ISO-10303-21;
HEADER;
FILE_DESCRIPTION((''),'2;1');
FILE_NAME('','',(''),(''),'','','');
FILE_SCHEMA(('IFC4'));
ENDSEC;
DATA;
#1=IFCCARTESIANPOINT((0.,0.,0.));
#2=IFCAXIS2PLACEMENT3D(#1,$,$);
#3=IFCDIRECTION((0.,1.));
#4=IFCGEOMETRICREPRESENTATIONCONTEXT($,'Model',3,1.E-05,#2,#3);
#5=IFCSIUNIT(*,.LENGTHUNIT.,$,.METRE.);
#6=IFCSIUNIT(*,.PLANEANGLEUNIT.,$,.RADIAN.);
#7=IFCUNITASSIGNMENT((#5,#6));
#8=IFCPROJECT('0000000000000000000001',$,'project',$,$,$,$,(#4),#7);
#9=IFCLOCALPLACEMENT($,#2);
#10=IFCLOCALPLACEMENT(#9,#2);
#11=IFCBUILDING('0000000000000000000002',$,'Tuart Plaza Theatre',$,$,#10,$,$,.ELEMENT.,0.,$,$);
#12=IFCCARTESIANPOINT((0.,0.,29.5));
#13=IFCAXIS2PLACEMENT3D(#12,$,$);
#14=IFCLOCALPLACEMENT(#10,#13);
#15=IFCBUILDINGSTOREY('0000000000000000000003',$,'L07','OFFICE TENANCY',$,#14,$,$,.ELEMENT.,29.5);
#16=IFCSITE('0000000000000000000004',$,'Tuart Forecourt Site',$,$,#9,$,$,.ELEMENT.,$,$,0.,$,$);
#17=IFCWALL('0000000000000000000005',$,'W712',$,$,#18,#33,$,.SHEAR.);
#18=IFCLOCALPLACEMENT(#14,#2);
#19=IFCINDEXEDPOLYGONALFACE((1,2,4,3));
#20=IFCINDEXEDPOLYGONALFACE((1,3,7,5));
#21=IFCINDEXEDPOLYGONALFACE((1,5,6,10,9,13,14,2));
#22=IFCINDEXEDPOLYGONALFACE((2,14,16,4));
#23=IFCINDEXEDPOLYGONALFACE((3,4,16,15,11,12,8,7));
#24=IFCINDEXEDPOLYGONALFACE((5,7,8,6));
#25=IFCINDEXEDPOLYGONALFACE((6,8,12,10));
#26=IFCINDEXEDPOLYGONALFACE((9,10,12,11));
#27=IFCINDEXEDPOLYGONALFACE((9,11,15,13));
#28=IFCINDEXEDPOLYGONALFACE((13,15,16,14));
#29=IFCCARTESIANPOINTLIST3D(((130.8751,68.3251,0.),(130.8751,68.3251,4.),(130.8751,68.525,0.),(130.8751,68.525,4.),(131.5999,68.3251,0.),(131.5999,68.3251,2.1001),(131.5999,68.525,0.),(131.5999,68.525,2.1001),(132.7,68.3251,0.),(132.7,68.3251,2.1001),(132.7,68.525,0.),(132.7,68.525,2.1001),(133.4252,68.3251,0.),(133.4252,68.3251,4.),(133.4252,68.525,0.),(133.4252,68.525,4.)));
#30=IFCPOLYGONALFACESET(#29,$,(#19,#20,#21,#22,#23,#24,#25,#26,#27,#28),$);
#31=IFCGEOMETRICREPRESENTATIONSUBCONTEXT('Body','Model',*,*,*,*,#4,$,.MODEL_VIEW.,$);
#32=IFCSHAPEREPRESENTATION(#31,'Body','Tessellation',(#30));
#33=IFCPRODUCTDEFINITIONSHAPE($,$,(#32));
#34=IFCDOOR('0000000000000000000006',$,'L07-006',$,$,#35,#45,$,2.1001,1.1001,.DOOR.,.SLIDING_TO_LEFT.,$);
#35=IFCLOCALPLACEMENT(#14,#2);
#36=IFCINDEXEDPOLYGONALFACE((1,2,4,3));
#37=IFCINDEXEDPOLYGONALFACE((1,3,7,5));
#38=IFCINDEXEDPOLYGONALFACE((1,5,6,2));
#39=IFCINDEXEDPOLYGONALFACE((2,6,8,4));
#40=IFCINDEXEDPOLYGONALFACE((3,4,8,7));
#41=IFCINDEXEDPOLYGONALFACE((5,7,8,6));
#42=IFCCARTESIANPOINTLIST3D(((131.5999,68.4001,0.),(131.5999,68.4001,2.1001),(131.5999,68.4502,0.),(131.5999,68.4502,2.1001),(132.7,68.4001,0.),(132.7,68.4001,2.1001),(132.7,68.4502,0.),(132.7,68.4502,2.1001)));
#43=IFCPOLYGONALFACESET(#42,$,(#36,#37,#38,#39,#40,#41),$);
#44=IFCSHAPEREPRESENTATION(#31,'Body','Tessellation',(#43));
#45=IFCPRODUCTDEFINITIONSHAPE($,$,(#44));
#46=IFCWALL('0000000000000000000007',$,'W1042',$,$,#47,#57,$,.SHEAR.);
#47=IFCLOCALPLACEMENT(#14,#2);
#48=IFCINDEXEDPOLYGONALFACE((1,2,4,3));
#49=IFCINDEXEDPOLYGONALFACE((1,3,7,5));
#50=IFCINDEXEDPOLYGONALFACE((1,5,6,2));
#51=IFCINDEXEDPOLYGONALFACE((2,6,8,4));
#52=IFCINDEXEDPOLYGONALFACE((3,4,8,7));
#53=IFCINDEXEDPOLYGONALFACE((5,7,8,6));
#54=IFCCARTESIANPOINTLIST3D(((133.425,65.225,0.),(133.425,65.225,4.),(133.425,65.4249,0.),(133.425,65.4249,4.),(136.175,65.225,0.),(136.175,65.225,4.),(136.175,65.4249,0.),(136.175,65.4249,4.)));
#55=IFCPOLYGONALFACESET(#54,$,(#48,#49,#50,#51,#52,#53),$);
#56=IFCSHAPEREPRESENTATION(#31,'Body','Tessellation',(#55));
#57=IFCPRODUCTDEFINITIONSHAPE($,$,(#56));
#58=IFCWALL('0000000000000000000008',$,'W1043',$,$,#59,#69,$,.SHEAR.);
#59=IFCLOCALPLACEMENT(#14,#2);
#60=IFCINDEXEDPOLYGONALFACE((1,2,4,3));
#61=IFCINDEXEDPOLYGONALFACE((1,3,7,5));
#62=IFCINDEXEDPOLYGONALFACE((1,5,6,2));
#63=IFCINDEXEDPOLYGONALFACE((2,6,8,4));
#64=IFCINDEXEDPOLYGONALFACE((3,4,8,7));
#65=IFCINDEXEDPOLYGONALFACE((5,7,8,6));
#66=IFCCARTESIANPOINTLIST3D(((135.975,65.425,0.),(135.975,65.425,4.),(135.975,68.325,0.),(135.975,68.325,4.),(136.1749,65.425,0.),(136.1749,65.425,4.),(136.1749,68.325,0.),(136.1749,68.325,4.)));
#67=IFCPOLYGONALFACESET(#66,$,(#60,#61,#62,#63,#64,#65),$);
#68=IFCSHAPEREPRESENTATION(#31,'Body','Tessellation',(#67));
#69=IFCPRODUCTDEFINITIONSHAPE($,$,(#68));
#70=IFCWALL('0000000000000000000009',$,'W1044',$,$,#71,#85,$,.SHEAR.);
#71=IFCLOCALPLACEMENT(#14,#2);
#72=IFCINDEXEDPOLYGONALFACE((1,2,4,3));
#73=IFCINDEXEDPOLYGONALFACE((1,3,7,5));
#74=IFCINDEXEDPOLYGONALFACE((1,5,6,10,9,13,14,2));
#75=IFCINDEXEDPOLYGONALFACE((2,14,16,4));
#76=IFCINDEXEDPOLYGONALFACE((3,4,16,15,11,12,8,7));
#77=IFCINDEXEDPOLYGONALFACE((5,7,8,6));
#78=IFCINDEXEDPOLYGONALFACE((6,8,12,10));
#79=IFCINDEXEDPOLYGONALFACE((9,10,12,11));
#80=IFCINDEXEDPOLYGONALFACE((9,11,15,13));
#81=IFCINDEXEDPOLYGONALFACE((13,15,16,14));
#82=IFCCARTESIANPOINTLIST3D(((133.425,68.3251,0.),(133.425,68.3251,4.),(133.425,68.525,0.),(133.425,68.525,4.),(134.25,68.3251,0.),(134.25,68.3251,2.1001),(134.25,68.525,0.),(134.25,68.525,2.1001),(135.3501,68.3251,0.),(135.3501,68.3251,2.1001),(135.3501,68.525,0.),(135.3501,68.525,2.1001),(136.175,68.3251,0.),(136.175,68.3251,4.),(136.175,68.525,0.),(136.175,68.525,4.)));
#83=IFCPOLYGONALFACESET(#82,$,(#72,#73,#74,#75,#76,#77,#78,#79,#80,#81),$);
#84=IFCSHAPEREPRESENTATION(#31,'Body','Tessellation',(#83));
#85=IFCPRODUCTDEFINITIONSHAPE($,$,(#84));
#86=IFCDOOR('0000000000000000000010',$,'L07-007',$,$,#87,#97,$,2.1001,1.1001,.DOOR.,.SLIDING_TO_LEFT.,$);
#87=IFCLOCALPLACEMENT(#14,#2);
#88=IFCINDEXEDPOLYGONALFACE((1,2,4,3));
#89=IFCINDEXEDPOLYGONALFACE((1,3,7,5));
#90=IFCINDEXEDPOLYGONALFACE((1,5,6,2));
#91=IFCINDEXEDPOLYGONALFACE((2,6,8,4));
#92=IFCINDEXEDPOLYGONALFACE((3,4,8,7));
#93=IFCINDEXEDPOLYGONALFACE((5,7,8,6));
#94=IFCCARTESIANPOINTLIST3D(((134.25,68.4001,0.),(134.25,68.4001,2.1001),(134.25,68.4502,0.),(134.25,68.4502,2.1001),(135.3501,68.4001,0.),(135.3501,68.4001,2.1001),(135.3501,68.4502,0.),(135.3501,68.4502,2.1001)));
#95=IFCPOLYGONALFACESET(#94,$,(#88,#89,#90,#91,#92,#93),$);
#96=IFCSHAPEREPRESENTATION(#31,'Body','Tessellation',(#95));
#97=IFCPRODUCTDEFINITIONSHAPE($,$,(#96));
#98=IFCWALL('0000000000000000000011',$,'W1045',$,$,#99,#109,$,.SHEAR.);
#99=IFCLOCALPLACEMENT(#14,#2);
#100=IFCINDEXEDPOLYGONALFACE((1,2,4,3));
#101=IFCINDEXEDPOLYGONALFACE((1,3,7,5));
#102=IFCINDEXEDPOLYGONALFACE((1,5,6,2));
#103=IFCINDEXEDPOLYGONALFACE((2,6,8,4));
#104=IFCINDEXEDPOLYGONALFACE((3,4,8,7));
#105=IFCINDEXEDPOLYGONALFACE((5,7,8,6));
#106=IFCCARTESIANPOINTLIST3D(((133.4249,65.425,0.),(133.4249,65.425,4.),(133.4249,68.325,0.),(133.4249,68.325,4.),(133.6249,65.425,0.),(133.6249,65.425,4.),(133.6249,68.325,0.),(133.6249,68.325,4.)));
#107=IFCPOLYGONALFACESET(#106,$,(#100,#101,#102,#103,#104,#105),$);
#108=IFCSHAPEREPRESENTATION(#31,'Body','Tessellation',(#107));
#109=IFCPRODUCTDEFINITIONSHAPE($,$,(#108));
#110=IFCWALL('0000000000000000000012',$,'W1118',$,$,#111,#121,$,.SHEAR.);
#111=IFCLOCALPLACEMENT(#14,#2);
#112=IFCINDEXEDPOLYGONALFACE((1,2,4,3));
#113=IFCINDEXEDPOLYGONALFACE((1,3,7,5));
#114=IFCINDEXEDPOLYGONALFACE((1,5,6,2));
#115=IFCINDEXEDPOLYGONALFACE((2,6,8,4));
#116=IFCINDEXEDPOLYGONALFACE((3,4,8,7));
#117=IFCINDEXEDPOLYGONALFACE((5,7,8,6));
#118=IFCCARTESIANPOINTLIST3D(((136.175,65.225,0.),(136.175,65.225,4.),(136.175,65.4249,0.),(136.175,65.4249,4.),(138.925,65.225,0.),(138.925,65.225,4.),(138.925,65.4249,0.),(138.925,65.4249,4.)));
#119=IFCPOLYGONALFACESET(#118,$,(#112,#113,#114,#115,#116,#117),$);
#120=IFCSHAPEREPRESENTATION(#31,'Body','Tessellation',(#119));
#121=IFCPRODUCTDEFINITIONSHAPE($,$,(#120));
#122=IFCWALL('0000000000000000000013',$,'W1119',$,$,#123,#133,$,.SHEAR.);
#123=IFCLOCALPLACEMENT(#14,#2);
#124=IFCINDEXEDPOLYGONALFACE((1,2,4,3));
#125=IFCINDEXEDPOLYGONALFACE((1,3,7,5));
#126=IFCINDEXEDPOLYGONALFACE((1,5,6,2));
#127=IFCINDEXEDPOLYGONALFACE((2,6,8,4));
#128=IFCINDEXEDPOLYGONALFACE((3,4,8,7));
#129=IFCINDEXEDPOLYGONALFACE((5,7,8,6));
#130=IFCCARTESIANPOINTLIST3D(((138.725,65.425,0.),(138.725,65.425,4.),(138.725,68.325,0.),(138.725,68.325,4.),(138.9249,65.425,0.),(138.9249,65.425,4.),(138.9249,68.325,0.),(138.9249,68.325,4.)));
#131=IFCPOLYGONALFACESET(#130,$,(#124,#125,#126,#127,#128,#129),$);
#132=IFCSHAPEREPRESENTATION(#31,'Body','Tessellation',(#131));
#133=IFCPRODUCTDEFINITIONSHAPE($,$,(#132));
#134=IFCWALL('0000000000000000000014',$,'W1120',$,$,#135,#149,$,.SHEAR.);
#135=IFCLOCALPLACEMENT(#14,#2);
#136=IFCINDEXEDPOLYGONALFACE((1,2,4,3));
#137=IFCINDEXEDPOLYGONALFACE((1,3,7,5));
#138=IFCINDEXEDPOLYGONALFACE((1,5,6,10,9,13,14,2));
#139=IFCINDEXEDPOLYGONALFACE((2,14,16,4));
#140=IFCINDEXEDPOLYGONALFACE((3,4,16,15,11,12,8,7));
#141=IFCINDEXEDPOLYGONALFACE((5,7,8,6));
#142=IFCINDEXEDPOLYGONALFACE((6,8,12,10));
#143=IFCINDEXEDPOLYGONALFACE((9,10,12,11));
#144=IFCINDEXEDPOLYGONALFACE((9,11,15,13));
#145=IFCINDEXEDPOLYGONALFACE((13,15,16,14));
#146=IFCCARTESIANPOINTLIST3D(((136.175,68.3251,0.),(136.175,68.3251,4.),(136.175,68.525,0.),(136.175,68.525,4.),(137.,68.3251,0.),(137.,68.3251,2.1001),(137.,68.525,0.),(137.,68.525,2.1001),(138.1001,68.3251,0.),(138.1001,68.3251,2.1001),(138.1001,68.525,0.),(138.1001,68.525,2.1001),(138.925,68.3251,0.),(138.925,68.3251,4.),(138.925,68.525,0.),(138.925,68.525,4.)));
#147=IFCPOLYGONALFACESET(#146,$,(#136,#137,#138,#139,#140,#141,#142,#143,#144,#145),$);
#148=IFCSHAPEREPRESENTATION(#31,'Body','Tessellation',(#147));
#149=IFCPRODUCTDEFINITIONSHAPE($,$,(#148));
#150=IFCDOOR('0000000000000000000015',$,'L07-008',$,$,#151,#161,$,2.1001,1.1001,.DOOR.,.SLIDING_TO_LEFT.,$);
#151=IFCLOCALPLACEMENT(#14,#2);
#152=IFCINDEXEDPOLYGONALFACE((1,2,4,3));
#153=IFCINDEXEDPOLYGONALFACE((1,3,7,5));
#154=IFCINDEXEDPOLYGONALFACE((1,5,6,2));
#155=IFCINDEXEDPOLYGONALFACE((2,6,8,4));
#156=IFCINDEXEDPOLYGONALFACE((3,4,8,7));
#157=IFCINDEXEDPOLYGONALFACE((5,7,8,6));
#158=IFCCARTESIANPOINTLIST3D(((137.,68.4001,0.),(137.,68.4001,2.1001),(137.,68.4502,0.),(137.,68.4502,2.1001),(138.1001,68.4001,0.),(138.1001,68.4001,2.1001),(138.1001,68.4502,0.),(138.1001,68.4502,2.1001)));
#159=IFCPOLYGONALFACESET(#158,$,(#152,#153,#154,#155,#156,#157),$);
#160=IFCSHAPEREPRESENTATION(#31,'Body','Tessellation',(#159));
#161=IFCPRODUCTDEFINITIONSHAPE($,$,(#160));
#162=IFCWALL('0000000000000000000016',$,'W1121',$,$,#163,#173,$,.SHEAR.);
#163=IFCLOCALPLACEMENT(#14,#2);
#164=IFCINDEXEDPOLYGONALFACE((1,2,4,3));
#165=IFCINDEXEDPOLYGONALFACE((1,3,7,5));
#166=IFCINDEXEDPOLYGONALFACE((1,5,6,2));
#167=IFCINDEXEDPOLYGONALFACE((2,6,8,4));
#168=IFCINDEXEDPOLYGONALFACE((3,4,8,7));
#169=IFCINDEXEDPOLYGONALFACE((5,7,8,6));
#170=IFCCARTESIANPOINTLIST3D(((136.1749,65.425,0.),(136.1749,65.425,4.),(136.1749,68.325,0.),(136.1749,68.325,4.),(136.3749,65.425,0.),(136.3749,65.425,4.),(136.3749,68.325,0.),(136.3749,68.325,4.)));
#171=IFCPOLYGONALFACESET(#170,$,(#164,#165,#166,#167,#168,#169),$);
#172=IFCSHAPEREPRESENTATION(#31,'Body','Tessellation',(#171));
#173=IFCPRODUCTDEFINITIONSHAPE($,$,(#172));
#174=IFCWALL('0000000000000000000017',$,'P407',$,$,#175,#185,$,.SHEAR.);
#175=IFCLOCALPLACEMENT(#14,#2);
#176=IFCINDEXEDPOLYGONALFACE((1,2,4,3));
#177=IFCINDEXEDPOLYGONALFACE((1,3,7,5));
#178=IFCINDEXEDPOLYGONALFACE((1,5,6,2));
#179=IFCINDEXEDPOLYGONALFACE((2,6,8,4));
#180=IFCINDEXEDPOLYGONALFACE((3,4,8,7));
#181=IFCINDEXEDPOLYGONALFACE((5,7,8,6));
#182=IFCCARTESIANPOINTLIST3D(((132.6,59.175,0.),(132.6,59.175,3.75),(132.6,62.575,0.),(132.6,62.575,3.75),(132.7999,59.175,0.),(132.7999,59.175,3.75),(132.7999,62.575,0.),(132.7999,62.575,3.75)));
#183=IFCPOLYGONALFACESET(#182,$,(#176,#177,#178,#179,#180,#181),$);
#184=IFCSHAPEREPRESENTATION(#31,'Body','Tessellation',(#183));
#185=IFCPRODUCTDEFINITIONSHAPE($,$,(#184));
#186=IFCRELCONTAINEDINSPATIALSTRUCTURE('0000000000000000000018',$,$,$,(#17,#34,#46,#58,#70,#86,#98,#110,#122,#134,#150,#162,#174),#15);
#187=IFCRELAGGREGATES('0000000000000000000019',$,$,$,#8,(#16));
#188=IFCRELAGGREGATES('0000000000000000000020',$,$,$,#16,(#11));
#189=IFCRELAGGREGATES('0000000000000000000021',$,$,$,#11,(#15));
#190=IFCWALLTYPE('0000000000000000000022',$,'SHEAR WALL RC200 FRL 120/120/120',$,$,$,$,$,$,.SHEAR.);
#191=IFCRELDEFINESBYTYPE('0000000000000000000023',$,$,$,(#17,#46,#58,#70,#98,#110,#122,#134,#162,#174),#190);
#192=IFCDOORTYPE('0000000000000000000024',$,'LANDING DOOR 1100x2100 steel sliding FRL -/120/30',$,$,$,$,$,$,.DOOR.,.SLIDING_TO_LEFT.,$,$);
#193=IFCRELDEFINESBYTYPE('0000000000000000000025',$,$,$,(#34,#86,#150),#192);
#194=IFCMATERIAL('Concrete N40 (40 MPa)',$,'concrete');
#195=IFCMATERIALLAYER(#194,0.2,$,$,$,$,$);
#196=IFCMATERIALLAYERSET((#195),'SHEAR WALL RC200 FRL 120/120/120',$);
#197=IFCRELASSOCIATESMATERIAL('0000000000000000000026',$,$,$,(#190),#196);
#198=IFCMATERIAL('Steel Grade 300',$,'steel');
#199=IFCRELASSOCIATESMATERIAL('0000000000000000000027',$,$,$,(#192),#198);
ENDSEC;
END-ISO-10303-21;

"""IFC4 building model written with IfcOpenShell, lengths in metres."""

from ifc_helpers import new_model, si_unit, direction, frame, frame_2d, origin, place, context, subcontext, project, spatial, rectangle, extrude, material, layer, layer_set, type_object, element, fill, save


model = new_model("IFC4")

# Units and contexts
model_context = context("Model", 3, precision=1e-05, world=origin(), true_north=direction((0.0, 1.0)))
body_context = subcontext(model_context, "Body", "Model", "MODEL_VIEW")
ifc_project = project(units=[si_unit("LENGTHUNIT", "METRE"), si_unit("PLANEANGLEUNIT", "RADIAN")], contexts=[model_context])

# Site, building, storey
site_placement = place(None, origin())
site = spatial("IfcSite", under=ifc_project, at=site_placement, Name="Tuart Forecourt Site", CompositionType="ELEMENT", RefElevation=0.0)
building_placement = place(site_placement, origin())
building = spatial("IfcBuilding", under=site, at=building_placement, Name="Tuart Plaza Theatre", CompositionType="ELEMENT", ElevationOfRefHeight=0.0)
storey_placement = place(building_placement, frame((0.0, 0.0, 29.5)))
storey = spatial("IfcBuildingStorey", under=building, at=storey_placement, Name="L07", Description="OFFICE TENANCY", CompositionType="ELEMENT", Elevation=29.5)

# Shared definitions
ifc_material_1 = material(Name="Concrete N40 (40 MPa)", Category="concrete")
ifc_layer_1 = layer(ifc_material_1, 0.2)
ifc_layer_set_1 = layer_set([ifc_layer_1], Name="SHEAR WALL RC200 FRL 120/120/120")
wall_type_1 = type_object("IfcWallType", Name="SHEAR WALL RC200 FRL 120/120/120", PredefinedType="SHEAR", material=ifc_layer_set_1)

# Wall, opening, door
wall_1_placement = place(storey_placement, frame((133.425, 68.425, 0.0), z_axis=(0.0, 0.0, 1.0), x_axis=(-1.0, 0.0, 0.0)))
wall_1 = element("IfcWall", 1, at=wall_1_placement, inside=storey, type_object=wall_type_1, Name="W712", PredefinedType="SHEAR", context=body_context, shape_type="SweptSolid", body=[
    extrude(rectangle(XDim=2.55, YDim=0.2, at=frame_2d((1.2749, 0.0))), origin(), (0.0, 0.0, 1.0), 4.0),
])
opening_1_placement = place(wall_1_placement, frame((0.7251, 0.0, 0.0)))
opening_1 = element("IfcOpeningElement", 2, at=opening_1_placement, cuts=wall_1, PredefinedType="OPENING", context=body_context, shape_type="SweptSolid", body=[
    extrude(rectangle(XDim=1.1001, YDim=2.1001, at=frame_2d((0.55, 1.05))), frame((0.0, 0.1099, 0.0), z_axis=(0.0, -1.0, 0.0), x_axis=(1.0, 0.0, 0.0)), (0.0, 0.0, 1.0), 0.22),
])
ifc_material_2 = material(Name="Steel Grade 300", Category="steel")
door_type_1 = type_object("IfcDoorType", Name="LANDING DOOR 1100x2100 steel sliding FRL -/120/30", OperationType="SLIDING_TO_LEFT", PredefinedType="DOOR", material=ifc_material_2)
door_1_placement = place(opening_1_placement, origin())
door_1 = element("IfcDoor", 3, at=door_1_placement, inside=storey, type_object=door_type_1, Name="L07-006", OperationType="SLIDING_TO_LEFT", OverallHeight=2.1001, OverallWidth=1.1001, PredefinedType="DOOR", context=body_context, shape_type="SweptSolid", body=[
    extrude(rectangle(XDim=1.1001, YDim=2.1001, at=frame_2d((0.55, 1.05))), frame((0.0, 0.0249, 0.0), z_axis=(0.0, -1.0, 0.0), x_axis=(1.0, 0.0, 0.0)), (0.0, 0.0, 1.0), 0.05),
])
fill(opening_1, door_1)

# Walls
wall_2_placement = place(storey_placement, frame((133.425, 65.325, 0.0), z_axis=(0.0, 0.0, 1.0), x_axis=(1.0, 0.0, 0.0)))
element("IfcWall", 4, at=wall_2_placement, inside=storey, type_object=wall_type_1, Name="W1042", PredefinedType="SHEAR", context=body_context, shape_type="SweptSolid", body=[
    extrude(rectangle(XDim=2.75, YDim=0.2, at=frame_2d((1.375, 0.0))), origin(), (0.0, 0.0, 1.0), 4.0),
])
wall_3_placement = place(storey_placement, frame((136.075, 65.425, 0.0), z_axis=(0.0, 0.0, 1.0), x_axis=(0.0, 1.0, 0.0)))
element("IfcWall", 5, at=wall_3_placement, inside=storey, type_object=wall_type_1, Name="W1043", PredefinedType="SHEAR", context=body_context, shape_type="SweptSolid", body=[
    extrude(rectangle(XDim=2.8999, YDim=0.2, at=frame_2d((1.45, 0.0))), origin(), (0.0, 0.0, 1.0), 4.0),
])

# Wall, opening, door
wall_4_placement = place(storey_placement, frame((136.175, 68.425, 0.0), z_axis=(0.0, 0.0, 1.0), x_axis=(-1.0, 0.0, 0.0)))
wall_4 = element("IfcWall", 6, at=wall_4_placement, inside=storey, type_object=wall_type_1, Name="W1044", PredefinedType="SHEAR", context=body_context, shape_type="SweptSolid", body=[
    extrude(rectangle(XDim=2.75, YDim=0.2, at=frame_2d((1.375, 0.0))), origin(), (0.0, 0.0, 1.0), 4.0),
])
opening_2_placement = place(wall_4_placement, frame((0.825, 0.0, 0.0)))
opening_2 = element("IfcOpeningElement", 7, at=opening_2_placement, cuts=wall_4, PredefinedType="OPENING", context=body_context, shape_type="SweptSolid", body=[
    extrude(rectangle(XDim=1.1001, YDim=2.1001, at=frame_2d((0.55, 1.05))), frame((0.0, 0.1099, 0.0), z_axis=(0.0, -1.0, 0.0), x_axis=(1.0, 0.0, 0.0)), (0.0, 0.0, 1.0), 0.22),
])
door_2_placement = place(opening_2_placement, origin())
door_2 = element("IfcDoor", 8, at=door_2_placement, inside=storey, type_object=door_type_1, Name="L07-007", OperationType="SLIDING_TO_LEFT", OverallHeight=2.1001, OverallWidth=1.1001, PredefinedType="DOOR", context=body_context, shape_type="SweptSolid", body=[
    extrude(rectangle(XDim=1.1001, YDim=2.1001, at=frame_2d((0.55, 1.05))), frame((0.0, 0.0249, 0.0), z_axis=(0.0, -1.0, 0.0), x_axis=(1.0, 0.0, 0.0)), (0.0, 0.0, 1.0), 0.05),
])
fill(opening_2, door_2)

# Walls
wall_5_placement = place(storey_placement, frame((133.5249, 68.325, 0.0), z_axis=(0.0, 0.0, 1.0), x_axis=(0.0, -1.0, 0.0)))
element("IfcWall", 9, at=wall_5_placement, inside=storey, type_object=wall_type_1, Name="W1045", PredefinedType="SHEAR", context=body_context, shape_type="SweptSolid", body=[
    extrude(rectangle(XDim=2.8999, YDim=0.2, at=frame_2d((1.45, 0.0))), origin(), (0.0, 0.0, 1.0), 4.0),
])
wall_6_placement = place(storey_placement, frame((136.175, 65.325, 0.0), z_axis=(0.0, 0.0, 1.0), x_axis=(1.0, 0.0, 0.0)))
element("IfcWall", 10, at=wall_6_placement, inside=storey, type_object=wall_type_1, Name="W1118", PredefinedType="SHEAR", context=body_context, shape_type="SweptSolid", body=[
    extrude(rectangle(XDim=2.75, YDim=0.2, at=frame_2d((1.375, 0.0))), origin(), (0.0, 0.0, 1.0), 4.0),
])
wall_7_placement = place(storey_placement, frame((138.825, 65.425, 0.0), z_axis=(0.0, 0.0, 1.0), x_axis=(0.0, 1.0, 0.0)))
element("IfcWall", 11, at=wall_7_placement, inside=storey, type_object=wall_type_1, Name="W1119", PredefinedType="SHEAR", context=body_context, shape_type="SweptSolid", body=[
    extrude(rectangle(XDim=2.8999, YDim=0.2, at=frame_2d((1.45, 0.0))), origin(), (0.0, 0.0, 1.0), 4.0),
])

# Wall, opening, door
wall_8_placement = place(storey_placement, frame((138.925, 68.425, 0.0), z_axis=(0.0, 0.0, 1.0), x_axis=(-1.0, 0.0, 0.0)))
wall_8 = element("IfcWall", 12, at=wall_8_placement, inside=storey, type_object=wall_type_1, Name="W1120", PredefinedType="SHEAR", context=body_context, shape_type="SweptSolid", body=[
    extrude(rectangle(XDim=2.75, YDim=0.2, at=frame_2d((1.375, 0.0))), origin(), (0.0, 0.0, 1.0), 4.0),
])
opening_3_placement = place(wall_8_placement, frame((0.825, 0.0, 0.0)))
opening_3 = element("IfcOpeningElement", 13, at=opening_3_placement, cuts=wall_8, PredefinedType="OPENING", context=body_context, shape_type="SweptSolid", body=[
    extrude(rectangle(XDim=1.1001, YDim=2.1001, at=frame_2d((0.55, 1.05))), frame((0.0, 0.1099, 0.0), z_axis=(0.0, -1.0, 0.0), x_axis=(1.0, 0.0, 0.0)), (0.0, 0.0, 1.0), 0.22),
])
door_3_placement = place(opening_3_placement, origin())
door_3 = element("IfcDoor", 14, at=door_3_placement, inside=storey, type_object=door_type_1, Name="L07-008", OperationType="SLIDING_TO_LEFT", OverallHeight=2.1001, OverallWidth=1.1001, PredefinedType="DOOR", context=body_context, shape_type="SweptSolid", body=[
    extrude(rectangle(XDim=1.1001, YDim=2.1001, at=frame_2d((0.55, 1.05))), frame((0.0, 0.0249, 0.0), z_axis=(0.0, -1.0, 0.0), x_axis=(1.0, 0.0, 0.0)), (0.0, 0.0, 1.0), 0.05),
])
fill(opening_3, door_3)

# Walls
wall_9_placement = place(storey_placement, frame((136.2749, 68.325, 0.0), z_axis=(0.0, 0.0, 1.0), x_axis=(0.0, -1.0, 0.0)))
element("IfcWall", 15, at=wall_9_placement, inside=storey, type_object=wall_type_1, Name="W1121", PredefinedType="SHEAR", context=body_context, shape_type="SweptSolid", body=[
    extrude(rectangle(XDim=2.8999, YDim=0.2, at=frame_2d((1.45, 0.0))), origin(), (0.0, 0.0, 1.0), 4.0),
])
wall_10_placement = place(storey_placement, frame((132.7, 62.575, 0.0), z_axis=(0.0, 0.0, 1.0), x_axis=(0.0, -1.0, 0.0)))
element("IfcWall", 16, at=wall_10_placement, inside=storey, type_object=wall_type_1, Name="P407", PredefinedType="SHEAR", context=body_context, shape_type="SweptSolid", body=[
    extrude(rectangle(XDim=3.3999, YDim=0.2, at=frame_2d((1.7, 0.0))), origin(), (0.0, 0.0, 1.0), 3.75),
])

save(model, "model.ifc")
